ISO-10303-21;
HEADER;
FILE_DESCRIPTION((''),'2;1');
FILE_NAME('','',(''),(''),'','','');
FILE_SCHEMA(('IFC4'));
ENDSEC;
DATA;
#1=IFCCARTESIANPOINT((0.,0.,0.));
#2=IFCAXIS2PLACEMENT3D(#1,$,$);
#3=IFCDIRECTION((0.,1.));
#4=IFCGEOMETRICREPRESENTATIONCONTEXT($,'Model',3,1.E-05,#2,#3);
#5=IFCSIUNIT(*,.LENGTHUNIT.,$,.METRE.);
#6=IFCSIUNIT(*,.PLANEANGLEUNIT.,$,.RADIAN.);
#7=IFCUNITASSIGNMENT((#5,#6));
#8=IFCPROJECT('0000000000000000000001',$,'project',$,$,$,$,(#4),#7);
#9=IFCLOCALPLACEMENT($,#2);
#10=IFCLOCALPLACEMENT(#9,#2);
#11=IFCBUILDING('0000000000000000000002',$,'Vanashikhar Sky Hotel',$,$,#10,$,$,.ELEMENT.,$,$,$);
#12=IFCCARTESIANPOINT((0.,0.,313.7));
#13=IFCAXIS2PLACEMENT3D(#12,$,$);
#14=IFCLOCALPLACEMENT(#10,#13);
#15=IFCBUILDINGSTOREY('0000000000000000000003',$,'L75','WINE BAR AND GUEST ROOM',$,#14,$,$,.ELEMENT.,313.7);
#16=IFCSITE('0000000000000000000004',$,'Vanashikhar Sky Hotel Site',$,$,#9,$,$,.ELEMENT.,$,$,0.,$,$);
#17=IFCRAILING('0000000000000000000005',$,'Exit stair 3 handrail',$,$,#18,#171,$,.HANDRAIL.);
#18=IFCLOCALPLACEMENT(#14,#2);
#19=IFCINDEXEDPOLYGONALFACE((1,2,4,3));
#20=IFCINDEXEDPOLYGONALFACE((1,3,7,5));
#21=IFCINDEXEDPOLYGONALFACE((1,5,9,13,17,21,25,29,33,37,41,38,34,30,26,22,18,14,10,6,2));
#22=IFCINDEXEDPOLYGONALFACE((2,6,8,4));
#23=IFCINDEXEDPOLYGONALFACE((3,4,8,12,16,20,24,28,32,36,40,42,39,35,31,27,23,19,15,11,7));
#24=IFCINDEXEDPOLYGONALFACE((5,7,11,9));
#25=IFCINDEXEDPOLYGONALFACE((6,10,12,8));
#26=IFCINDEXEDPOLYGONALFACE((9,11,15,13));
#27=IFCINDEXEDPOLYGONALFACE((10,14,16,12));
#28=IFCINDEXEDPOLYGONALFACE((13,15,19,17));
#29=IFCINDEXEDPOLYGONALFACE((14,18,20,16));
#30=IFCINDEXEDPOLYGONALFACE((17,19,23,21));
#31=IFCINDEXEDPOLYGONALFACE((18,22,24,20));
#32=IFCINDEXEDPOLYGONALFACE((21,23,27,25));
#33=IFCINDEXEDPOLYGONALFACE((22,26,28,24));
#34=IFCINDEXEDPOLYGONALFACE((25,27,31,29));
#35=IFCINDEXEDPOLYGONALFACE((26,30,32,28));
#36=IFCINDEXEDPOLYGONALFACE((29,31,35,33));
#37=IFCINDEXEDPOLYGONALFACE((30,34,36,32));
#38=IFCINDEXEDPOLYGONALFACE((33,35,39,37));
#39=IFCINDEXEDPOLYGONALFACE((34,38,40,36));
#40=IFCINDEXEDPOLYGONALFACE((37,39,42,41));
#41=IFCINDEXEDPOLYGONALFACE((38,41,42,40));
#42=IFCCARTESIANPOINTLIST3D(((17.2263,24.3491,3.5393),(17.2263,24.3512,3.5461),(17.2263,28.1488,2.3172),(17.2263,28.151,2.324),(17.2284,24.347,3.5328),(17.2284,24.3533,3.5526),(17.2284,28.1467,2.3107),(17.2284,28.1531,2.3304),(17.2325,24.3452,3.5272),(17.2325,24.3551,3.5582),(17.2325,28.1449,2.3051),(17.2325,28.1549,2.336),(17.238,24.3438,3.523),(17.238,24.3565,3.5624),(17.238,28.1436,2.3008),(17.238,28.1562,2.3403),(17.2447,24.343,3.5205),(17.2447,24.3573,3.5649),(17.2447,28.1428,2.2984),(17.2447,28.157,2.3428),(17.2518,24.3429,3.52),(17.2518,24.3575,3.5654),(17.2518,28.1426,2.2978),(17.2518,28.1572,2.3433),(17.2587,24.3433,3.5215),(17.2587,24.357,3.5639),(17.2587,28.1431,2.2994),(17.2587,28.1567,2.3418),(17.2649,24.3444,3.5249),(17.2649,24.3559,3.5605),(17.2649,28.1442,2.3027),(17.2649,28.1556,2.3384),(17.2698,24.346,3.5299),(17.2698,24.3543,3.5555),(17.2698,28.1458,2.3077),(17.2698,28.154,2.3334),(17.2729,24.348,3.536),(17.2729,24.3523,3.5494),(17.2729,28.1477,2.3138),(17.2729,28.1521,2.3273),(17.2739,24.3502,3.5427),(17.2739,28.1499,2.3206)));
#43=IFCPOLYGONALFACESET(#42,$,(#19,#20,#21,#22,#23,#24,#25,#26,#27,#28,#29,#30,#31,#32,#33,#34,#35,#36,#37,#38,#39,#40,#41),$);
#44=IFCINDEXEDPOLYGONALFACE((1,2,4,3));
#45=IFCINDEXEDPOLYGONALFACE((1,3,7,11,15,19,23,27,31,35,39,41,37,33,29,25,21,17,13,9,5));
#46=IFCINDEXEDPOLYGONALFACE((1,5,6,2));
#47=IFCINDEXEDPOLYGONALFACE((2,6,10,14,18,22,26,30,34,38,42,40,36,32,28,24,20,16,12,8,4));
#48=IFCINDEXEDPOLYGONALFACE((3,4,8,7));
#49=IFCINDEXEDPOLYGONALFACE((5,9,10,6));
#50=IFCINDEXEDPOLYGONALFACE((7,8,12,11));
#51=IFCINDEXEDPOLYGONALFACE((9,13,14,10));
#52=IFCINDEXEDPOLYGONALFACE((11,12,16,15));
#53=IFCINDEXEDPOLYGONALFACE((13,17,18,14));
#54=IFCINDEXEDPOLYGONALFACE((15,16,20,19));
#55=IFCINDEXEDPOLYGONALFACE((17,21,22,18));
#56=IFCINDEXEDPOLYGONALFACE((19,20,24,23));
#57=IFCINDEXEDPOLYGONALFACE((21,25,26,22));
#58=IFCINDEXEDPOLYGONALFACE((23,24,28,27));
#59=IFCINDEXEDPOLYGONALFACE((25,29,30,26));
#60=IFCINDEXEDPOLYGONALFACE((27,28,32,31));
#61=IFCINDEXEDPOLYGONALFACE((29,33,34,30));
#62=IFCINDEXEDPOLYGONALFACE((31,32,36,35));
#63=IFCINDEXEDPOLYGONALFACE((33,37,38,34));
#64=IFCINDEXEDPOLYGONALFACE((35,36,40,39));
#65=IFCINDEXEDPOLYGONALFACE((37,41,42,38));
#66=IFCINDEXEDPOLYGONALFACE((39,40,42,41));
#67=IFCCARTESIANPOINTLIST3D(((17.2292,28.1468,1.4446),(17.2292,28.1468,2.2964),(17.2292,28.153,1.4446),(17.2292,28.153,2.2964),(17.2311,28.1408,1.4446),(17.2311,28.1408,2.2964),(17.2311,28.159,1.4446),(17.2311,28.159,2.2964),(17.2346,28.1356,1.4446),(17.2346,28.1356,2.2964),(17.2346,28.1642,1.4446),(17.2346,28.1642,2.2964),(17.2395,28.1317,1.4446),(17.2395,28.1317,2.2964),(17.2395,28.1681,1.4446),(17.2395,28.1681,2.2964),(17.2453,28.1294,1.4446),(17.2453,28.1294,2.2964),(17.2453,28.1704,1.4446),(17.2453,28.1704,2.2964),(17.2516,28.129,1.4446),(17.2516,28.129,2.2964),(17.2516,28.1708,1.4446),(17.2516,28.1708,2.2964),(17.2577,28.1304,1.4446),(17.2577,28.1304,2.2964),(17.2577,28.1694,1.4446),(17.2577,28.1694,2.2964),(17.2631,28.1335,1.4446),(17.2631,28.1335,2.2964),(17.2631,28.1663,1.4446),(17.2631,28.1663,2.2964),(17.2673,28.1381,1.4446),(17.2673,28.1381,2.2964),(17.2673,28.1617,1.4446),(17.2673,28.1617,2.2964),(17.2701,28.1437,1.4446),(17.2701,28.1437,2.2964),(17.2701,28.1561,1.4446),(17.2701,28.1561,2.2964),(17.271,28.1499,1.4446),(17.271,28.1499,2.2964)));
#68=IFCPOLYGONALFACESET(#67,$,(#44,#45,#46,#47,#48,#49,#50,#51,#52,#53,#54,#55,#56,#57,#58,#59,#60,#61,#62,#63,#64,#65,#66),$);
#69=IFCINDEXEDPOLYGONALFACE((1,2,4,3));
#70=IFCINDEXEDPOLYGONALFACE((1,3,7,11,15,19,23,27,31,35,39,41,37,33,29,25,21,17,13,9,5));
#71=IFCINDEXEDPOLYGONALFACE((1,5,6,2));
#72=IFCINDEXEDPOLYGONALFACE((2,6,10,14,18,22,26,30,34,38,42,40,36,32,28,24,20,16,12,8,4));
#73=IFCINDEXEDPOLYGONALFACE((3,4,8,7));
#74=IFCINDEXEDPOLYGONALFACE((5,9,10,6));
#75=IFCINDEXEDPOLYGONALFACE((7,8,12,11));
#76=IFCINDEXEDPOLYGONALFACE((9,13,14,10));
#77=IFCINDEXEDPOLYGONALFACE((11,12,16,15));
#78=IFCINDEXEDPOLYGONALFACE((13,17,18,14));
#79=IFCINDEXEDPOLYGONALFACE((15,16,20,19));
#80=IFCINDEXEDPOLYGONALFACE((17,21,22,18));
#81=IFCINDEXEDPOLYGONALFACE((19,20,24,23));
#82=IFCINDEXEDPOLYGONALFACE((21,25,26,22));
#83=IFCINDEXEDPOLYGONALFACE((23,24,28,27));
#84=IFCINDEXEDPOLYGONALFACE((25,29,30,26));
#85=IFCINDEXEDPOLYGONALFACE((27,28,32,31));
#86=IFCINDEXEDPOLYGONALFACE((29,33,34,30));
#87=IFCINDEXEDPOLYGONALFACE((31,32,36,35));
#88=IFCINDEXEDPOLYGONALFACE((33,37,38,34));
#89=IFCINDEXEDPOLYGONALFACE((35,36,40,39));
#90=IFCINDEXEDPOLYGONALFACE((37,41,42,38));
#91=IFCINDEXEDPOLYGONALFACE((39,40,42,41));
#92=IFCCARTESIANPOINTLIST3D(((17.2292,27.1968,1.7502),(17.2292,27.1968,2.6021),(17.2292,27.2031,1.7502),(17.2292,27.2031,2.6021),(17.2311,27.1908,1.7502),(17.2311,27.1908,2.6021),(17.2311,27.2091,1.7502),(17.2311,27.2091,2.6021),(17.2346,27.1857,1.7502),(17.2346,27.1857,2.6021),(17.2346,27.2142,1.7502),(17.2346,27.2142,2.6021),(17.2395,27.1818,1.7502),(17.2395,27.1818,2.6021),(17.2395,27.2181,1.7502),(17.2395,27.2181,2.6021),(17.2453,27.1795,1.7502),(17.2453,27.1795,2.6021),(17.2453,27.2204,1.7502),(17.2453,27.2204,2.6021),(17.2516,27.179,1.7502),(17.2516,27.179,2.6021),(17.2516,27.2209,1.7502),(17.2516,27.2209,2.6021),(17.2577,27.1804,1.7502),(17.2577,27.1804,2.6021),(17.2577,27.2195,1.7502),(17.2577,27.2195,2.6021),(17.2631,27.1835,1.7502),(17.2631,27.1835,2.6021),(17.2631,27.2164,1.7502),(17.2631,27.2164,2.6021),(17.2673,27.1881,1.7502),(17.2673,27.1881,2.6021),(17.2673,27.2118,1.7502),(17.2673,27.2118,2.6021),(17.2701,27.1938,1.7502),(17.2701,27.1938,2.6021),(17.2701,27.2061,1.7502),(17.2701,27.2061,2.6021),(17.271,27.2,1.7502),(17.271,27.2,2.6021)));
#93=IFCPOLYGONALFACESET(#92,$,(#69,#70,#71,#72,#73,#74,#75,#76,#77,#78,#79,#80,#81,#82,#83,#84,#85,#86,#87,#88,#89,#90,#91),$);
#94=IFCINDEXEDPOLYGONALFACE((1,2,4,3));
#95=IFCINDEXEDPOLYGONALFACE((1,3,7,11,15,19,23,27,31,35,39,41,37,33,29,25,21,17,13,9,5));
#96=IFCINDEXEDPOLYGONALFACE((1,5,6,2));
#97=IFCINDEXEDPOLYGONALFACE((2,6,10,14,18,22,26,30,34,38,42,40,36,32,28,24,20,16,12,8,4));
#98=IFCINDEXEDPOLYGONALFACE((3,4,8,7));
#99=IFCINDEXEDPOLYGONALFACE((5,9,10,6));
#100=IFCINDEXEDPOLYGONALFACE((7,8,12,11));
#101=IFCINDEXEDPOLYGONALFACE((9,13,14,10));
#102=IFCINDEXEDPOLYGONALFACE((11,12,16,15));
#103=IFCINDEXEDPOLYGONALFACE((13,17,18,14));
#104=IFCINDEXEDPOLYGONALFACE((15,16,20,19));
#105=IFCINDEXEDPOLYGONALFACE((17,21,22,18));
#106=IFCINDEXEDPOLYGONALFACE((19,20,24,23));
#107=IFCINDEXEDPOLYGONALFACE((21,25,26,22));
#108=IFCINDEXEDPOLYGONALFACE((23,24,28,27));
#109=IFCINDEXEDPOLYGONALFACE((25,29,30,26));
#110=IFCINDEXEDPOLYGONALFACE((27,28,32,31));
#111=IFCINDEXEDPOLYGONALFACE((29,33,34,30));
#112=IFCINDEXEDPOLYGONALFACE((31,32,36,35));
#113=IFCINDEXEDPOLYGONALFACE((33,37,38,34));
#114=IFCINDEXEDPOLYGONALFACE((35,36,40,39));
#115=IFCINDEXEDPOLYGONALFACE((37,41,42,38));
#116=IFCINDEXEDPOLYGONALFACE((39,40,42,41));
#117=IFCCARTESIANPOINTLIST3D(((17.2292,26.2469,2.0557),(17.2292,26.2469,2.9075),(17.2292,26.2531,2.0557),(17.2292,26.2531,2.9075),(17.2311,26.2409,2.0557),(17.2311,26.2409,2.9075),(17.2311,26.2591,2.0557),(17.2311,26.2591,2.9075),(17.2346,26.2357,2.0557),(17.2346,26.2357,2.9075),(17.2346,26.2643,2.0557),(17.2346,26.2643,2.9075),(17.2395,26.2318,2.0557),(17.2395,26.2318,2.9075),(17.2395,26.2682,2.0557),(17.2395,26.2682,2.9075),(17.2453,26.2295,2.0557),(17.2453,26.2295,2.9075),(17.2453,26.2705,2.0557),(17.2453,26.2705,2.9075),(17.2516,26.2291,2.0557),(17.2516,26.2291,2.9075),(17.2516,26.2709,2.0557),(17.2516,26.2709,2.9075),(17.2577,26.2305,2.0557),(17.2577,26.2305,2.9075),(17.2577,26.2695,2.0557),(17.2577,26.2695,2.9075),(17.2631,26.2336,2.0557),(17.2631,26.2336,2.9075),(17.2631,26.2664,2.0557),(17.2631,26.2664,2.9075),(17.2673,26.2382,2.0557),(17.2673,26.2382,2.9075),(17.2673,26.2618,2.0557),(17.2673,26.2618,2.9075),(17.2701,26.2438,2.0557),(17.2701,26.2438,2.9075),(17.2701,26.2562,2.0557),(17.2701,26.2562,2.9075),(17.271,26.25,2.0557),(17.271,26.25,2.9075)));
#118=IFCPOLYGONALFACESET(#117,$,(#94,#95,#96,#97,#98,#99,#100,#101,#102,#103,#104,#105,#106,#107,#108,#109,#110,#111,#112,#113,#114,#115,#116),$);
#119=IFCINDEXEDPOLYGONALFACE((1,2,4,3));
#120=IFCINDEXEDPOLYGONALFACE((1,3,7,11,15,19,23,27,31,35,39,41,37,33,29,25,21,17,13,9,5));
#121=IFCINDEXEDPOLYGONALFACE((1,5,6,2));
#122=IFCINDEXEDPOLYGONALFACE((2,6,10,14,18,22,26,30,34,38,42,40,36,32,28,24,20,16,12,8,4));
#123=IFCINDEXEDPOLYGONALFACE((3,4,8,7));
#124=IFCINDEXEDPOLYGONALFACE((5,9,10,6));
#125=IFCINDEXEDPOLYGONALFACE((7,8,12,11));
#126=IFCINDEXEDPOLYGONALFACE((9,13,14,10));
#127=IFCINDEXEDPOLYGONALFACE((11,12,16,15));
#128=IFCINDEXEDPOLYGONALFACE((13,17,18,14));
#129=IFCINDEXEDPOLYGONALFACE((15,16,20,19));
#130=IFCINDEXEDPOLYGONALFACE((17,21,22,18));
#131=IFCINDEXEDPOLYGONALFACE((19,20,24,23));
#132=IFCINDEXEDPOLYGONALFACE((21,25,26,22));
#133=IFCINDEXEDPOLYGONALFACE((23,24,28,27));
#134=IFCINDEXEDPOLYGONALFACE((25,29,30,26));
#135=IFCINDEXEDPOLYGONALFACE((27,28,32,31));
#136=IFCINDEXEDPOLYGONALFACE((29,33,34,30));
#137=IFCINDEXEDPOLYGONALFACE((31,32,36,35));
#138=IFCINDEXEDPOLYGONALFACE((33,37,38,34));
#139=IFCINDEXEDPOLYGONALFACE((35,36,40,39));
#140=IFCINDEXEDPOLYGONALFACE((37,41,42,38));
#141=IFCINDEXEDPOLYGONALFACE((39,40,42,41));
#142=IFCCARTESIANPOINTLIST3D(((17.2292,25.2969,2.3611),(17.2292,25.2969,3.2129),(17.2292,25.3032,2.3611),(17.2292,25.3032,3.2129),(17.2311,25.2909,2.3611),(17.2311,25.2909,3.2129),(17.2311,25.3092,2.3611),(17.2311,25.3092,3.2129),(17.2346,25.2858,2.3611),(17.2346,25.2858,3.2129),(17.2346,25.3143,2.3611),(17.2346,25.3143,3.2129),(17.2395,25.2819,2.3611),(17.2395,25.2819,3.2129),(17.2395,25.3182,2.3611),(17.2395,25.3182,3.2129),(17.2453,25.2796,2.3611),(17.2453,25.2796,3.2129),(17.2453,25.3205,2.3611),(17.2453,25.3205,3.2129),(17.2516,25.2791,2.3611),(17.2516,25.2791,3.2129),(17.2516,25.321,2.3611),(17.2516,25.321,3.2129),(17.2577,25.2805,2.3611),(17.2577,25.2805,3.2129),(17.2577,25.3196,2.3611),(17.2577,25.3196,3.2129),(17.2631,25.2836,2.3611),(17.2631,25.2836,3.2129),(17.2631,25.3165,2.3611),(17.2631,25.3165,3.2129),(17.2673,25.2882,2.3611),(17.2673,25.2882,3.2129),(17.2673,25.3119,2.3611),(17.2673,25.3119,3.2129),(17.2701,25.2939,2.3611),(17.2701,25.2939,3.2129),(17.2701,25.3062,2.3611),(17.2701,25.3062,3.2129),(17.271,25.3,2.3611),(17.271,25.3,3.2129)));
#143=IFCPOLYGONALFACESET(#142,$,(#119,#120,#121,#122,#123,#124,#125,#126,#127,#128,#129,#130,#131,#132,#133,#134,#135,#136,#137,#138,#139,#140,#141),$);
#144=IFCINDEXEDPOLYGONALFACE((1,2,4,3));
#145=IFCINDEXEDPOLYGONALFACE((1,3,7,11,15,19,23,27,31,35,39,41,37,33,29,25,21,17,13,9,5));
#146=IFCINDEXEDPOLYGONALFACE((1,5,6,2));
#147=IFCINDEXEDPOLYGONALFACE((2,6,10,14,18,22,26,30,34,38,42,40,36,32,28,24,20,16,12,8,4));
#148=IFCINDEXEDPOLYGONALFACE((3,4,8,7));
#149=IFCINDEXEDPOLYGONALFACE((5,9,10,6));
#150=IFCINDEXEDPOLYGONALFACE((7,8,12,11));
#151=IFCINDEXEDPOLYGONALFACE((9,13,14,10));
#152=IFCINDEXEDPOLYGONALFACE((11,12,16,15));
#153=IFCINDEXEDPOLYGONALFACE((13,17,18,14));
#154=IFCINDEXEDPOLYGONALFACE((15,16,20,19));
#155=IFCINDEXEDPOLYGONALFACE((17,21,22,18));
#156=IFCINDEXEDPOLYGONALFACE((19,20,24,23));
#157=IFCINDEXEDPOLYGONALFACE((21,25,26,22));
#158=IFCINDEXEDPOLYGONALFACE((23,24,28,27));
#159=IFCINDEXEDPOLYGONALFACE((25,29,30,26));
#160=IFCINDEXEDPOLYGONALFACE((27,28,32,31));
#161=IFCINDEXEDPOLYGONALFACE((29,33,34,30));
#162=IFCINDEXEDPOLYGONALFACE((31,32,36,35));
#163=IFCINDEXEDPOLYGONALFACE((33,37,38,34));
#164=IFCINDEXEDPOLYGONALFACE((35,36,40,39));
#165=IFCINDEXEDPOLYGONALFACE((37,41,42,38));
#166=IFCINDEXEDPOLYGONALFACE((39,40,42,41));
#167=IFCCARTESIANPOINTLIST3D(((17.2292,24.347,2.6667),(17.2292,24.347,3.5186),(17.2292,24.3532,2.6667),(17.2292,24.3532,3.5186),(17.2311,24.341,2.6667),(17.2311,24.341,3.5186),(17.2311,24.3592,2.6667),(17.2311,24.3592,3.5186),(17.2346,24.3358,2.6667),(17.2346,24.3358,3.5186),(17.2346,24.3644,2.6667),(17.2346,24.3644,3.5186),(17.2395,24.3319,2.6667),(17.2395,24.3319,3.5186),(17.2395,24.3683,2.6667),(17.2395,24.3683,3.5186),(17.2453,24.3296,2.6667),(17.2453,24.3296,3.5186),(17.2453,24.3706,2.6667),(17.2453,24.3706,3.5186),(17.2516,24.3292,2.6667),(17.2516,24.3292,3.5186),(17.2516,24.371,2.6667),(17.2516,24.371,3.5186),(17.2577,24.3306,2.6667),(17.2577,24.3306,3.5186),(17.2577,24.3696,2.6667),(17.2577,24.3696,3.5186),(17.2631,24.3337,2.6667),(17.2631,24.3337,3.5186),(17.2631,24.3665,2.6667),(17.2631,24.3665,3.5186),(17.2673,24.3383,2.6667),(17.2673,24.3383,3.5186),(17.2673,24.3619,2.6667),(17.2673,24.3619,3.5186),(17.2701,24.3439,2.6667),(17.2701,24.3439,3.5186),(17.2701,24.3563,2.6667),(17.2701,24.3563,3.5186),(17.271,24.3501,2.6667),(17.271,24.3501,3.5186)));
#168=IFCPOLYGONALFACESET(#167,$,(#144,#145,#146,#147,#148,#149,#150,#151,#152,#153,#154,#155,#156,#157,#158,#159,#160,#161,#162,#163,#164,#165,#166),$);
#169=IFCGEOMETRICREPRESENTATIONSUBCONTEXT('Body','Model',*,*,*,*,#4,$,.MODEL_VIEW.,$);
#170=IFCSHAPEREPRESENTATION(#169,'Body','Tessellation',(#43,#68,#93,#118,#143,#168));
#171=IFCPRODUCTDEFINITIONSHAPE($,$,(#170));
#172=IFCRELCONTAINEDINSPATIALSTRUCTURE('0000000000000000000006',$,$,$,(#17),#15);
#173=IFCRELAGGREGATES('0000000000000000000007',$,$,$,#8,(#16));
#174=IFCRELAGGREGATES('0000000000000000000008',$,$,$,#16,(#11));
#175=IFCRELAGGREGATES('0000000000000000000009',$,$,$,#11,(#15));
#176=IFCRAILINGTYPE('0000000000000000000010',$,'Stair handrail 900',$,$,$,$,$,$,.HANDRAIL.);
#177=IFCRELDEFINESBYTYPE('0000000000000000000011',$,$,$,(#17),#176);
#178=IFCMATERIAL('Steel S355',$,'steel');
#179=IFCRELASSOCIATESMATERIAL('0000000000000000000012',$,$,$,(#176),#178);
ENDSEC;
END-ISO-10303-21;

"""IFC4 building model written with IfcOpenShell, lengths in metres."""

from ifc_helpers import new_model, si_unit, direction, frame, origin, origin_2d, place, context, subcontext, project, spatial, circle, extrude, source, transform, mapped, material, type_object, element, save


model = new_model("IFC4")

# Units and contexts
model_context = context("Model", 3, precision=1e-05, world=origin(), true_north=direction((0.0, 1.0)))
body_context = subcontext(model_context, "Body", "Model", "MODEL_VIEW")
ifc_project = project(units=[si_unit("LENGTHUNIT", "METRE"), si_unit("PLANEANGLEUNIT", "RADIAN")], contexts=[model_context])

# Site, building, storey
site_placement = place(None, origin())
site = spatial("IfcSite", under=ifc_project, at=site_placement, Name="Vanashikhar Sky Hotel Site", CompositionType="ELEMENT", RefElevation=0.0)
building_placement = place(site_placement, origin())
building = spatial("IfcBuilding", under=site, at=building_placement, Name="Vanashikhar Sky Hotel", CompositionType="ELEMENT")
storey_placement = place(building_placement, frame((0.0, 0.0, 313.7)))
storey = spatial("IfcBuildingStorey", under=building, at=storey_placement, Name="L75", Description="WINE BAR AND GUEST ROOM", CompositionType="ELEMENT", Elevation=313.7)

# Railing
ifc_material_1 = material(Name="Steel S355", Category="steel")
railing_type = type_object("IfcRailingType", Name="Stair handrail 900", PredefinedType="HANDRAIL", material=ifc_material_1)
shared_shape_1 = source(origin(), body_context, "Body", "SweptSolid", [
    extrude(circle(Radius=0.0239, at=origin_2d()), frame((0.0, 0.0, 0.876), z_axis=(0.0, -0.95197, 0.306191), x_axis=(1.0, 0.0, 0.0)), (0.0, 0.0, 1.0), 3.9915),
    extrude(circle(Radius=0.021, at=origin_2d()), origin(), (0.0, 0.0, 1.0), 0.8518),
    extrude(circle(Radius=0.021, at=origin_2d()), frame((0.0, -0.95, 0.3057)), (0.0, 0.0, 1.0), 0.8518),
    extrude(circle(Radius=0.021, at=origin_2d()), frame((0.0, -1.8999, 0.6111)), (0.0, 0.0, 1.0), 0.8518),
    extrude(circle(Radius=0.021, at=origin_2d()), frame((0.0, -2.8499, 0.9165)), (0.0, 0.0, 1.0), 0.8518),
    extrude(circle(Radius=0.021, at=origin_2d()), frame((0.0, -3.7998, 1.2222)), (0.0, 0.0, 1.0), 0.8518),
])
railing_placement = place(storey_placement, frame((17.25, 28.1499, 1.4446)))
element("IfcRailing", 1, at=railing_placement, inside=storey, type_object=railing_type, Name="Exit stair 3 handrail", PredefinedType="HANDRAIL", context=body_context, shape_type="MappedRepresentation", body=[
    mapped(shared_shape_1, transform((0.0, 0.0, 0.0), scale=1.0)),
])

save(model, "model.ifc")
